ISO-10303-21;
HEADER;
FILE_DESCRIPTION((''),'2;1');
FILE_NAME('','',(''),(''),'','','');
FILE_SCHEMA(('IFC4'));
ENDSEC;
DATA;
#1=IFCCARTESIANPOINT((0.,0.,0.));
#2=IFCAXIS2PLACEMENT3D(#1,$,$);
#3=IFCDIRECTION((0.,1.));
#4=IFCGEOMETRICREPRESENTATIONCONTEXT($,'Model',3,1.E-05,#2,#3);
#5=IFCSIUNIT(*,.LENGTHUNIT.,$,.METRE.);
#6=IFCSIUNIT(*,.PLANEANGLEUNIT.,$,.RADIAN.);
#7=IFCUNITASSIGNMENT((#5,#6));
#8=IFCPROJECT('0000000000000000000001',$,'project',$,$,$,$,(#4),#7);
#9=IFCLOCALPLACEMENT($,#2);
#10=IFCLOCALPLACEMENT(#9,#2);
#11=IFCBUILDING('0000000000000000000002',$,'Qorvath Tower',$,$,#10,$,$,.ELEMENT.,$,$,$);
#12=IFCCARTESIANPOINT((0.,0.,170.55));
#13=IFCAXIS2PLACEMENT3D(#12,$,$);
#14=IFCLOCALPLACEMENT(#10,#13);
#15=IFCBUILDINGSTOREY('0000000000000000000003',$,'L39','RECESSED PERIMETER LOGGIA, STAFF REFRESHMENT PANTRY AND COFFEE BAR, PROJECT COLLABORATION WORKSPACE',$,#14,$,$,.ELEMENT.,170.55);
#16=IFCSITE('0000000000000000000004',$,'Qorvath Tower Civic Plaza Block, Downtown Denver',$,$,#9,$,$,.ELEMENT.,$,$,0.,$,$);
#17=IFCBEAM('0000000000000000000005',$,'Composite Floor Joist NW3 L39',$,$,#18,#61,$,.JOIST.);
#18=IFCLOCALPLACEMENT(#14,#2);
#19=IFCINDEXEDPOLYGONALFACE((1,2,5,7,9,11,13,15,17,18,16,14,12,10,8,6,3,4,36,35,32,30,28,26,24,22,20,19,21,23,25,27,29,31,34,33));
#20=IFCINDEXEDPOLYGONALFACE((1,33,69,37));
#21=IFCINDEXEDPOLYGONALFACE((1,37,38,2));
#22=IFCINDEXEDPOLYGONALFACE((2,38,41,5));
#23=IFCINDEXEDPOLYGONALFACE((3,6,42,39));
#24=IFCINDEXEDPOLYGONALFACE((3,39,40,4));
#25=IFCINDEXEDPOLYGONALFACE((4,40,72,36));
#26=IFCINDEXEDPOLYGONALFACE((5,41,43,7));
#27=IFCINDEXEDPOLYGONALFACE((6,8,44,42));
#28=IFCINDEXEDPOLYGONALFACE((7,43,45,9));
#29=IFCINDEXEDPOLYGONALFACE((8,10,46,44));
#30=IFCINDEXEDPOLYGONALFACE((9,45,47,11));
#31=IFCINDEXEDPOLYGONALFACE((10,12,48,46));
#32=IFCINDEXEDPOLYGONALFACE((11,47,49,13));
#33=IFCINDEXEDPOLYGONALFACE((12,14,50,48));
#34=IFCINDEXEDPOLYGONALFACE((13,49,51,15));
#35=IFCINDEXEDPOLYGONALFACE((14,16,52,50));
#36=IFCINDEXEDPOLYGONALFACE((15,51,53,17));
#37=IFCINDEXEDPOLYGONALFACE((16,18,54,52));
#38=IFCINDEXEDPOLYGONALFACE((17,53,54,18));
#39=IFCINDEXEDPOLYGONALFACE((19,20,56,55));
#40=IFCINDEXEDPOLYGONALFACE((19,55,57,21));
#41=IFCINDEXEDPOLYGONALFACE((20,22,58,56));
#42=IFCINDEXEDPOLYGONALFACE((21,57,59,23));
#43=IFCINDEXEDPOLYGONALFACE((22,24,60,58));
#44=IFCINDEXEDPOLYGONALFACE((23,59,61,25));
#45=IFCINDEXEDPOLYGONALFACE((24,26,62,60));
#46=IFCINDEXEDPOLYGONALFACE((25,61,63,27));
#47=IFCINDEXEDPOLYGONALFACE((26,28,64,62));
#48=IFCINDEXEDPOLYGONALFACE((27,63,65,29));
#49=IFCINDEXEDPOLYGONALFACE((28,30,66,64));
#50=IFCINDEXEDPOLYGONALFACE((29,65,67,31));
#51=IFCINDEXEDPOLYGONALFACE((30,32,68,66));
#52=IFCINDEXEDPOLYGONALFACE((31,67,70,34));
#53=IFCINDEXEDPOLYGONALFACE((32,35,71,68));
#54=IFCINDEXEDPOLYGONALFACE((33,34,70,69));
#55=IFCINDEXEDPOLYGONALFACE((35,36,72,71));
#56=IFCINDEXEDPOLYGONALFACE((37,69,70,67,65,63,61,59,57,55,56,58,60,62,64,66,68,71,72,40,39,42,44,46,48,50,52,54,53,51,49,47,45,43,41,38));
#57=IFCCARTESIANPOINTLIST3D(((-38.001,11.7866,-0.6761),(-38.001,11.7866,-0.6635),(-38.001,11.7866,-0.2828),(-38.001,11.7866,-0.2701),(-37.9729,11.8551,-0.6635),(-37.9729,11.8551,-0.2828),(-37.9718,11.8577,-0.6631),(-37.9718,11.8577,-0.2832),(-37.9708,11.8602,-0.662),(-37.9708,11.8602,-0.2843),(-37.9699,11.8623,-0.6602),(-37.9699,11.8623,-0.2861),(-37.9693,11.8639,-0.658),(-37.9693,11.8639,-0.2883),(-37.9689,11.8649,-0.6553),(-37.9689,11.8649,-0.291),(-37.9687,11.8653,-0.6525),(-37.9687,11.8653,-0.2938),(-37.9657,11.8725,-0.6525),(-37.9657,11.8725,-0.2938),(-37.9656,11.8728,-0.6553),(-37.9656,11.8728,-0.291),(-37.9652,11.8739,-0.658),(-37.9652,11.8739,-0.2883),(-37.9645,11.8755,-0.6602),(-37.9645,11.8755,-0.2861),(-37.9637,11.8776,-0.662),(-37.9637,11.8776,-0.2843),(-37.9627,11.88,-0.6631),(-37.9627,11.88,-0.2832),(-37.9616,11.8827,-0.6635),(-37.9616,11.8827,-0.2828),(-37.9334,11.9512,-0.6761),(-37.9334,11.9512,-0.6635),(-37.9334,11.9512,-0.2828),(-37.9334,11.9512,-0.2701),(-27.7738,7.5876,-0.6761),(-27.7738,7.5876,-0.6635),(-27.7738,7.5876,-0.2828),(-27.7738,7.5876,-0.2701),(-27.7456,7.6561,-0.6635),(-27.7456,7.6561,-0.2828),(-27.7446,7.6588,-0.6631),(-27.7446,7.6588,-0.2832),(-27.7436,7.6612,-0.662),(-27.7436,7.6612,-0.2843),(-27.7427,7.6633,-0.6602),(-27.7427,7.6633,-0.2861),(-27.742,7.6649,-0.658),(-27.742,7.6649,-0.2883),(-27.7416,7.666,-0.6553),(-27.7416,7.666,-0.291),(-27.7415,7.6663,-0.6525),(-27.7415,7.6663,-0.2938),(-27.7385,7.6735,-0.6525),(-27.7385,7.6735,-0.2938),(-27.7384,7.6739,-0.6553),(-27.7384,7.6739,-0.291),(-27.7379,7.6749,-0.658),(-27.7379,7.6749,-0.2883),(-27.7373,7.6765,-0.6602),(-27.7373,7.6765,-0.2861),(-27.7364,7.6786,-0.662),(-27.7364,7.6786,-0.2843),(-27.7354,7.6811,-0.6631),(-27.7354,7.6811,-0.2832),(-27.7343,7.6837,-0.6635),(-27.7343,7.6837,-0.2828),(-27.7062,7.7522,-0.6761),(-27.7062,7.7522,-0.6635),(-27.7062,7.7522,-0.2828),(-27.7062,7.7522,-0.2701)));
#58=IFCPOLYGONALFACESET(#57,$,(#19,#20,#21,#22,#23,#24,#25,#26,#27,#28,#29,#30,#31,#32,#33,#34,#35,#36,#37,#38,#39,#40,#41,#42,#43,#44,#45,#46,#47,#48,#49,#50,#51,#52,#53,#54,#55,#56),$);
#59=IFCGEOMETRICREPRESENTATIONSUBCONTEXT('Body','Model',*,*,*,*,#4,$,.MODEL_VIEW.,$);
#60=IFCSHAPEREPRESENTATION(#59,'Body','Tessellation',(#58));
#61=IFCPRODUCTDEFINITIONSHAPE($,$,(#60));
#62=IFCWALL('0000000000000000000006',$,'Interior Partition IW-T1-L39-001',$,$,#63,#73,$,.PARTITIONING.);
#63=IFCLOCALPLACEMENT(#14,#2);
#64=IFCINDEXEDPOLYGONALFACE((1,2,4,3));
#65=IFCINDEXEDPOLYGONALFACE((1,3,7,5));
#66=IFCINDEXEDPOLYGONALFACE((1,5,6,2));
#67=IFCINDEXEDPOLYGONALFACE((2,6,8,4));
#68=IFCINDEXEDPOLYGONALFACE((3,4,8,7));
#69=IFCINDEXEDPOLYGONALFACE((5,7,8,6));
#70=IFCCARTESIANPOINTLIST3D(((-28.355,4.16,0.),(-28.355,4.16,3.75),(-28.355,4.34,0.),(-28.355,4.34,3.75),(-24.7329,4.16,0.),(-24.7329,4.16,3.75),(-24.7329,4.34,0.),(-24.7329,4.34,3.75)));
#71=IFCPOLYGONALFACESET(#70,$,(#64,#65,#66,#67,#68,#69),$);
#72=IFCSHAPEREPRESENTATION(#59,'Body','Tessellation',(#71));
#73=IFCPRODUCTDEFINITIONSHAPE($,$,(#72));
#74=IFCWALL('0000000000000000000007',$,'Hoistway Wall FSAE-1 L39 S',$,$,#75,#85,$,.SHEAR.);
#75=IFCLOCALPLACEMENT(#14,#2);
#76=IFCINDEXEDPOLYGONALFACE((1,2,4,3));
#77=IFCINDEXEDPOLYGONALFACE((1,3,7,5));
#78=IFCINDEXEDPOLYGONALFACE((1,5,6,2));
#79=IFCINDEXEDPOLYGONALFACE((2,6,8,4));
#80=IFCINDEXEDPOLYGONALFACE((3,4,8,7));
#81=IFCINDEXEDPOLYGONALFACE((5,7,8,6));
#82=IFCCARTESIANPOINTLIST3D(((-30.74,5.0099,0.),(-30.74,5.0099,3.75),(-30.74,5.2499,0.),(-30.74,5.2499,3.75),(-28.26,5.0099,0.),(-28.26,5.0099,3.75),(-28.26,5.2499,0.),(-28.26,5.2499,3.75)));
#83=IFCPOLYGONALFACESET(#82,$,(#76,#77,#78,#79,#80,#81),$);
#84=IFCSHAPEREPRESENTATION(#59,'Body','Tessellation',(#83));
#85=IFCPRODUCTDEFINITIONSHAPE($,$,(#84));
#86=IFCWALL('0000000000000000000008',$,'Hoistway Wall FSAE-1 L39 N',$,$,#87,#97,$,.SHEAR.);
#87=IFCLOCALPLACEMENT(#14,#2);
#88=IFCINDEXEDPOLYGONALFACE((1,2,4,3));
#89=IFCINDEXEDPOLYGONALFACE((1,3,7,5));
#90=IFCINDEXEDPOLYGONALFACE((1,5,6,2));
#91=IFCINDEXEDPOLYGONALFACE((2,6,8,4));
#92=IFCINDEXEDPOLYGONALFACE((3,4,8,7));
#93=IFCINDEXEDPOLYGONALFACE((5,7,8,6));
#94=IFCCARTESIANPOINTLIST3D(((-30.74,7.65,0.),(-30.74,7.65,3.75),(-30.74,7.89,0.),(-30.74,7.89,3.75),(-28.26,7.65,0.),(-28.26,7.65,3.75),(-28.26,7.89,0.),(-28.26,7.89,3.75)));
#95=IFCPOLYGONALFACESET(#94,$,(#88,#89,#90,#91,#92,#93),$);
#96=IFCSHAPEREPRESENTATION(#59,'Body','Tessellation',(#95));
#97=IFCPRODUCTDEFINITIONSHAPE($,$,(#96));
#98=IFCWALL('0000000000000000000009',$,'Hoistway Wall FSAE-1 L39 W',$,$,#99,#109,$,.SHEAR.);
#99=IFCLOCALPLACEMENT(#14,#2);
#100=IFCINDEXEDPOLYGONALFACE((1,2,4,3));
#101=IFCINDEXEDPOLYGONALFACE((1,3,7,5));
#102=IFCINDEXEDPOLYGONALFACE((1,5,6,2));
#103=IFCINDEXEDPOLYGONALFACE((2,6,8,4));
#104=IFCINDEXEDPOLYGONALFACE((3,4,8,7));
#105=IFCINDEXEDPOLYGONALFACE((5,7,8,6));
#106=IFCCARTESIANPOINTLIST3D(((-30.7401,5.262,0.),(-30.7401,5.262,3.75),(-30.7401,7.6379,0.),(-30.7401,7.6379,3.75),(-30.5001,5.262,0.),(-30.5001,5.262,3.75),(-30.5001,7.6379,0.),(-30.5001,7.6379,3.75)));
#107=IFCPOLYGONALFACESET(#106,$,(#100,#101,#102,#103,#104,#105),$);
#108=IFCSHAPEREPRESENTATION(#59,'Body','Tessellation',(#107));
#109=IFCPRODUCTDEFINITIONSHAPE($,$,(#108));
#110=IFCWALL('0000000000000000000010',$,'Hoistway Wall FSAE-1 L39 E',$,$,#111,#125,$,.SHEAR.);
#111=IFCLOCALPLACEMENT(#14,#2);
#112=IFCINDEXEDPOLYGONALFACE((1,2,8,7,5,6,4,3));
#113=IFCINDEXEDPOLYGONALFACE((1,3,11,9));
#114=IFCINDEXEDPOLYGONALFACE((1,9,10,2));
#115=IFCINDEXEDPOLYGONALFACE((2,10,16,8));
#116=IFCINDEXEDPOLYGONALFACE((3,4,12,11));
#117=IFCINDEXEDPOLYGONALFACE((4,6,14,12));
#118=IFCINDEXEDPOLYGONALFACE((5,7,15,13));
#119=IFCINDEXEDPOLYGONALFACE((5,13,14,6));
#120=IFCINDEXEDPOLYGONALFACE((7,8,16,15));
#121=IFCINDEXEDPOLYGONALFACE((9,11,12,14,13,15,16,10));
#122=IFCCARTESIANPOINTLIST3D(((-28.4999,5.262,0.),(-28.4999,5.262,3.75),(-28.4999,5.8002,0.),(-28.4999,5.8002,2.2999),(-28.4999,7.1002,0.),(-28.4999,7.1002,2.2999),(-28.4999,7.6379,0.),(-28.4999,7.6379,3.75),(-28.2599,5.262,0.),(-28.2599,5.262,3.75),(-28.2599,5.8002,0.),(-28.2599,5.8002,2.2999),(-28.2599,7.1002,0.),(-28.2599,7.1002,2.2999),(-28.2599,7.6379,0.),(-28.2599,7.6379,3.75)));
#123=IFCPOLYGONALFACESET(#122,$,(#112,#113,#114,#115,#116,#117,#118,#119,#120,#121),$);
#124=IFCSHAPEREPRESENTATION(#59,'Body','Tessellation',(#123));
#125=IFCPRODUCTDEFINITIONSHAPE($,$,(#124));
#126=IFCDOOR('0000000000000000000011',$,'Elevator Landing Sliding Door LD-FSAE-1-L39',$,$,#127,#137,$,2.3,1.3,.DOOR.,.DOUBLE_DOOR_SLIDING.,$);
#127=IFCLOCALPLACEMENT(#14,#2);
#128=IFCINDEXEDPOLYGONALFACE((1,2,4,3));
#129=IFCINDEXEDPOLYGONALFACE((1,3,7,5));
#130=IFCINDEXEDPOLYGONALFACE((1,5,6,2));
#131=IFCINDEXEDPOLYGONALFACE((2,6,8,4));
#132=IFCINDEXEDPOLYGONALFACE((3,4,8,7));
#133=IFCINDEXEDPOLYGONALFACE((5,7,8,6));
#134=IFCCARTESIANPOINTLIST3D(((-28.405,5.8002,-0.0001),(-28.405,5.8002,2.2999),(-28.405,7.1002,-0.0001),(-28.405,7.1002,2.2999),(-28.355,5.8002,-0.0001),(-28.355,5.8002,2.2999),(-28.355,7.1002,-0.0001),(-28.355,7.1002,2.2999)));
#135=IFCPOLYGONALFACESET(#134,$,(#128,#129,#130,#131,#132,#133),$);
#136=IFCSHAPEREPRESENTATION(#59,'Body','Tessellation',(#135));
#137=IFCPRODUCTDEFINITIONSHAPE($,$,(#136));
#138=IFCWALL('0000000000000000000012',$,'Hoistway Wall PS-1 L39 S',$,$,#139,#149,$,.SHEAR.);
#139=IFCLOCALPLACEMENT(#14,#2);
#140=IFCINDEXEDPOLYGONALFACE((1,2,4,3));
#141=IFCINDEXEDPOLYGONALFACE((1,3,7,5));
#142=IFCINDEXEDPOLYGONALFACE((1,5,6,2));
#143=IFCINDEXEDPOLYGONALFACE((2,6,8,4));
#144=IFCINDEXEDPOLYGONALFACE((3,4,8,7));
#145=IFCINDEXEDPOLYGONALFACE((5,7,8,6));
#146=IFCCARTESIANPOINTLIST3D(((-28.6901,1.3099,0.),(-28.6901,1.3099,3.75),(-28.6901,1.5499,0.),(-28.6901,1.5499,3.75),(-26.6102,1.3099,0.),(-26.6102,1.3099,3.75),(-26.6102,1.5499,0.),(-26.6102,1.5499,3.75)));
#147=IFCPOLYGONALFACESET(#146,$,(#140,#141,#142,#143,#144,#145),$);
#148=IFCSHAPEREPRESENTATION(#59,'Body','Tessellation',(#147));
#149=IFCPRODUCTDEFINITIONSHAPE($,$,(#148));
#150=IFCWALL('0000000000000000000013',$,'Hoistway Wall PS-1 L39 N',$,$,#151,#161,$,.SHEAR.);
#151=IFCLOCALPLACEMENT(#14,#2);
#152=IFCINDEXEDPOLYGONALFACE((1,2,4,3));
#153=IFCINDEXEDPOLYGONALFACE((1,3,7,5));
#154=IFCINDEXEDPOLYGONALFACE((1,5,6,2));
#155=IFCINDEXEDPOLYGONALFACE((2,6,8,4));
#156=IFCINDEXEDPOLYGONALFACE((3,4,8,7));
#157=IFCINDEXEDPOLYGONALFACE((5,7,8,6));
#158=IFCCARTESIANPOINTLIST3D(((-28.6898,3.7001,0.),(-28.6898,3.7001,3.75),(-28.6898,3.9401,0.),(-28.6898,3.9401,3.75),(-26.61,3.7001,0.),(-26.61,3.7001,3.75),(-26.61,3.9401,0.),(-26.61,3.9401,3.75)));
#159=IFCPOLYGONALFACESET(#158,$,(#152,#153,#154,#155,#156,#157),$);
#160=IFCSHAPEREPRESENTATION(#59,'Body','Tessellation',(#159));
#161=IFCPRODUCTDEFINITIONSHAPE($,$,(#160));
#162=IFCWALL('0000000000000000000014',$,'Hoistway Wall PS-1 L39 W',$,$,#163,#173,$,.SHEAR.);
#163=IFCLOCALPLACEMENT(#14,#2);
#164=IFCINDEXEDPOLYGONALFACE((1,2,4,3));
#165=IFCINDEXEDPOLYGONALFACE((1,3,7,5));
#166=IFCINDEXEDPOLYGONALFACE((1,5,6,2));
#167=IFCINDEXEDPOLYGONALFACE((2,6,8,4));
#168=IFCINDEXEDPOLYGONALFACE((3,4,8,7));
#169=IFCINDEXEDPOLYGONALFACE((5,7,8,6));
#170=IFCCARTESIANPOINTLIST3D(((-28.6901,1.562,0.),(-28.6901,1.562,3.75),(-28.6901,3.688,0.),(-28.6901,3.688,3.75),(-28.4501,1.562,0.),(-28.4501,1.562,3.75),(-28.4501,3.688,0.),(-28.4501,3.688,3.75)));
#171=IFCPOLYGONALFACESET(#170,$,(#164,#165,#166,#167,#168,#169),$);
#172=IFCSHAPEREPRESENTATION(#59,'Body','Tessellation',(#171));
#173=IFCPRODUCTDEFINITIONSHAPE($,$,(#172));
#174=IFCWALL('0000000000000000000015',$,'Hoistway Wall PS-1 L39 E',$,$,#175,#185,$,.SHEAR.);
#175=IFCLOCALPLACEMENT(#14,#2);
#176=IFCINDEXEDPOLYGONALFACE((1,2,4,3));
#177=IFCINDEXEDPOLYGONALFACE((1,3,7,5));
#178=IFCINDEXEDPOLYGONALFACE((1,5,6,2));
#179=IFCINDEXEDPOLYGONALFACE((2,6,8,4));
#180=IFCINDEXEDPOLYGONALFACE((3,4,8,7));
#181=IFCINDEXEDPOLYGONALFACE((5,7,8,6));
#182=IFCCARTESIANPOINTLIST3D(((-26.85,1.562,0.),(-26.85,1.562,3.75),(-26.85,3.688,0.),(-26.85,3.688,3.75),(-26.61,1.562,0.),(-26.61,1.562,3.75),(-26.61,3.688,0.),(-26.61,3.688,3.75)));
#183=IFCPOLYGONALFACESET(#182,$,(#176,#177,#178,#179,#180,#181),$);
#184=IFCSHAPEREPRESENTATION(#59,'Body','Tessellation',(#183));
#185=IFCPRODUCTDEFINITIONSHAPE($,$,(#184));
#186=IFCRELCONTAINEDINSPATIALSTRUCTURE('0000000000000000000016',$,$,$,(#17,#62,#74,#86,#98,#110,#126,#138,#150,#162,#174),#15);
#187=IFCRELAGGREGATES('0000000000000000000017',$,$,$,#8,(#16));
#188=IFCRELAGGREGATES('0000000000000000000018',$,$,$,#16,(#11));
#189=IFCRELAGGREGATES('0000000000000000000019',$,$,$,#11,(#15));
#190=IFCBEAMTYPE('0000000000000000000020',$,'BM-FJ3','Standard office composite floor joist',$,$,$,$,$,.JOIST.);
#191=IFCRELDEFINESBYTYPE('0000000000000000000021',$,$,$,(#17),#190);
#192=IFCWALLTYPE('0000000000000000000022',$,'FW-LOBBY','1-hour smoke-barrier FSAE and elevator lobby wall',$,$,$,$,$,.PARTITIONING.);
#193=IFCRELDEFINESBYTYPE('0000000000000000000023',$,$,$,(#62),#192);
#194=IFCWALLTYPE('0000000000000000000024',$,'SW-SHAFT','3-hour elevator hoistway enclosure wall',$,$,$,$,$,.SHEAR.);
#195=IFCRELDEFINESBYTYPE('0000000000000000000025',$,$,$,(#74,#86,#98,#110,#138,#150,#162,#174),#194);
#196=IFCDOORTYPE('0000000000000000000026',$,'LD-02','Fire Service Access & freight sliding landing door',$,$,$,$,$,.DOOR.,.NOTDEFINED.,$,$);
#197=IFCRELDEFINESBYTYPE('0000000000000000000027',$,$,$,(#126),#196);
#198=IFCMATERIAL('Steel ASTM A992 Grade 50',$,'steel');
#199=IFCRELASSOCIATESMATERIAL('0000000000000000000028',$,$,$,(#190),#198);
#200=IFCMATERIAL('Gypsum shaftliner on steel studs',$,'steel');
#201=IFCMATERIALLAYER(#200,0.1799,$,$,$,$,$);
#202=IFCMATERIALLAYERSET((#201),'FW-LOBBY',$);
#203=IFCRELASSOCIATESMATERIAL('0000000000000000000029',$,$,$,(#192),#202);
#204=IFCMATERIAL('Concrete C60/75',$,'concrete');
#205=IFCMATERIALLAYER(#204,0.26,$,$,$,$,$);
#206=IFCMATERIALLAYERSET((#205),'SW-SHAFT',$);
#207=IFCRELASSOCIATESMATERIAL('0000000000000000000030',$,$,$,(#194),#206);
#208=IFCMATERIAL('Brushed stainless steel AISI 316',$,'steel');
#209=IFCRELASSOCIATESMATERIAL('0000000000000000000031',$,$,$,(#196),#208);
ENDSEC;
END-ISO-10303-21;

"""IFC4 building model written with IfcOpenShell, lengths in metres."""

from ifc_helpers import new_model, si_unit, direction, frame, frame_2d, origin, origin_2d, place, context, subcontext, project, spatial, rectangle, i_section, extrude, material, layer, layer_set, material_profile, profile_set, type_object, element, fill, save


model = new_model("IFC4")

# Units and contexts
model_context = context("Model", 3, precision=1e-05, world=origin(), true_north=direction((0.0, 1.0)))
body_context = subcontext(model_context, "Body", "Model", "MODEL_VIEW")
ifc_project = project(units=[si_unit("LENGTHUNIT", "METRE"), si_unit("PLANEANGLEUNIT", "RADIAN")], contexts=[model_context])

# Site, building, storey
site_placement = place(None, origin())
site = spatial("IfcSite", under=ifc_project, at=site_placement, Name="Qorvath Tower Civic Plaza Block, Downtown Denver", CompositionType="ELEMENT", RefElevation=0.0)
building_placement = place(site_placement, origin())
building = spatial("IfcBuilding", under=site, at=building_placement, Name="Qorvath Tower", CompositionType="ELEMENT")
storey_placement = place(building_placement, frame((0.0, 0.0, 170.55)))
storey = spatial("IfcBuildingStorey", under=building, at=storey_placement, Name="L39", Description="RECESSED PERIMETER LOGGIA, STAFF REFRESHMENT PANTRY AND COFFEE BAR, PROJECT COLLABORATION WORKSPACE", CompositionType="ELEMENT", Elevation=170.55)

# Beam
ifc_material_1 = material(Name="Steel ASTM A992 Grade 50", Category="steel")
ifc_material_profile_1 = material_profile(ifc_material_1, i_section(OverallWidth=0.178, OverallDepth=0.406, WebThickness=0.0078, FlangeThickness=0.0127, FilletRadius=0.011, at=origin_2d()), Name="W16x40")
ifc_profile_set_1 = profile_set([ifc_material_profile_1], Name="Steel ASTM A992 Grade 50")
beam_type_1 = type_object("IfcBeamType", Name="BM-FJ3", Description="Standard office composite floor joist", PredefinedType="JOIST", material=ifc_profile_set_1)
beam_1_placement = place(storey_placement, frame((-27.74, 7.6699, -0.4731), z_axis=(-0.925068, 0.379801, 0.0), x_axis=(-0.379801, -0.925068, 0.0)))
element("IfcBeam", 1, at=beam_1_placement, inside=storey, type_object=beam_type_1, Name="Composite Floor Joist NW3 L39", PredefinedType="JOIST", context=body_context, shape_type="SweptSolid", body=[
    extrude(i_section(OverallWidth=0.178, OverallDepth=0.406, WebThickness=0.0078, FlangeThickness=0.0127, FilletRadius=0.011, at=origin_2d()), origin(), (0.0, 0.0, 1.0), 11.0557),
])

# Walls
ifc_material_2 = material(Name="Gypsum shaftliner on steel studs", Category="steel")
ifc_layer_1 = layer(ifc_material_2, 0.1799)
ifc_layer_set_1 = layer_set([ifc_layer_1], Name="FW-LOBBY")
wall_type_1 = type_object("IfcWallType", Name="FW-LOBBY", Description="1-hour smoke-barrier FSAE and elevator lobby wall", PredefinedType="PARTITIONING", material=ifc_layer_set_1)
wall_1_placement = place(storey_placement, frame((-28.355, 4.25, 0.0), z_axis=(0.0, 0.0, 1.0), x_axis=(1.0, 0.0, 0.0)))
element("IfcWall", 2, at=wall_1_placement, inside=storey, type_object=wall_type_1, Name="Interior Partition IW-T1-L39-001", PredefinedType="PARTITIONING", context=body_context, shape_type="SweptSolid", body=[
    extrude(rectangle(XDim=3.6221, YDim=0.1799, at=frame_2d((1.811, 0.0))), origin(), (0.0, 0.0, 1.0), 3.75),
])
ifc_material_3 = material(Name="Concrete C60/75", Category="concrete")
ifc_layer_2 = layer(ifc_material_3, 0.26)
ifc_layer_set_2 = layer_set([ifc_layer_2], Name="SW-SHAFT")
wall_type_2 = type_object("IfcWallType", Name="SW-SHAFT", Description="3-hour elevator hoistway enclosure wall", PredefinedType="SHEAR", material=ifc_layer_set_2)
for number, where, z_axis, x_axis, name in (
    (3, (-28.26, 5.1299, 0.0), (0.0, 0.0, 1.0), (-1.0, 0.0, 0.0), "Hoistway Wall FSAE-1 L39 S"),
    (4, (-30.74, 7.77, 0.0), (0.0, 0.0, 1.0), (1.0, 0.0, 0.0), "Hoistway Wall FSAE-1 L39 N"),
):
    element("IfcWall", number, at=place(storey_placement, frame(where, z_axis=z_axis, x_axis=x_axis)), inside=storey, type_object=wall_type_2, Name=name, PredefinedType="SHEAR", context=body_context, shape_type="SweptSolid", body=[
        extrude(rectangle(XDim=2.48, YDim=0.24, at=frame_2d((1.24, 0.0))), origin(), (0.0, 0.0, 1.0), 3.75),
    ])
wall_2_placement = place(storey_placement, frame((-30.6201, 5.262, 0.0), z_axis=(0.0, 0.0, 1.0), x_axis=(0.0, 1.0, 0.0)))
element("IfcWall", 5, at=wall_2_placement, inside=storey, type_object=wall_type_2, Name="Hoistway Wall FSAE-1 L39 W", PredefinedType="SHEAR", context=body_context, shape_type="SweptSolid", body=[
    extrude(rectangle(XDim=2.376, YDim=0.24, at=frame_2d((1.188, 0.0))), origin(), (0.0, 0.0, 1.0), 3.75),
])

# Wall, opening, door
wall_3_placement = place(storey_placement, frame((-28.3799, 7.6379, 0.0), z_axis=(0.0, 0.0, 1.0), x_axis=(0.0, -1.0, 0.0)))
wall_3 = element("IfcWall", 6, at=wall_3_placement, inside=storey, type_object=wall_type_2, Name="Hoistway Wall FSAE-1 L39 E", PredefinedType="SHEAR", context=body_context, shape_type="SweptSolid", body=[
    extrude(rectangle(XDim=2.376, YDim=0.24, at=frame_2d((1.188, 0.0))), origin(), (0.0, 0.0, 1.0), 3.75),
])
opening_1_placement = place(wall_3_placement, frame((0.5378, 0.0, 0.0)))
opening_1 = element("IfcOpeningElement", 7, at=opening_1_placement, cuts=wall_3, PredefinedType="OPENING", context=body_context, shape_type="SweptSolid", body=[
    extrude(rectangle(XDim=1.3, YDim=2.3, at=frame_2d((0.6499, 1.1499))), frame((0.0, 0.1299, 0.0), z_axis=(0.0, -1.0, 0.0), x_axis=(1.0, 0.0, 0.0)), (0.0, 0.0, 1.0), 0.26),
])
ifc_material_4 = material(Name="Brushed stainless steel AISI 316", Category="steel")
door_type_1 = type_object("IfcDoorType", Name="LD-02", Description="Fire Service Access & freight sliding landing door", OperationType="NOTDEFINED", PredefinedType="DOOR", material=ifc_material_4)
door_1_placement = place(opening_1_placement, origin())
door_1 = element("IfcDoor", 8, at=door_1_placement, inside=storey, type_object=door_type_1, Name="Elevator Landing Sliding Door LD-FSAE-1-L39", OperationType="DOUBLE_DOOR_SLIDING", OverallHeight=2.3, OverallWidth=1.3, PredefinedType="DOOR", context=body_context, shape_type="SweptSolid", body=[
    extrude(rectangle(XDim=1.3, YDim=2.3, at=frame_2d((0.6499, 1.1499))), frame((0.0, 0.0249, 0.0), z_axis=(0.0, -1.0, 0.0), x_axis=(1.0, 0.0, 0.0)), (0.0, 0.0, 1.0), 0.05),
])
fill(opening_1, door_1)

# Walls
for number, where, z_axis, x_axis, name in (
    (9, (-26.6101, 1.4299, 0.0), (0.0, 0.0, 1.0), (-1.0, 0.0, 0.0), "Hoistway Wall PS-1 L39 S"),
    (10, (-28.6899, 3.8201, 0.0), (0.0, 0.0, 1.0), (1.0, 0.0, 0.0), "Hoistway Wall PS-1 L39 N"),
):
    element("IfcWall", number, at=place(storey_placement, frame(where, z_axis=z_axis, x_axis=x_axis)), inside=storey, type_object=wall_type_2, Name=name, PredefinedType="SHEAR", context=body_context, shape_type="SweptSolid", body=[
        extrude(rectangle(XDim=2.0798, YDim=0.24, at=frame_2d((1.04, 0.0))), origin(), (0.0, 0.0, 1.0), 3.75),
    ])
for number, where, z_axis, x_axis, name in (
    (11, (-28.5701, 1.562, 0.0), (0.0, 0.0, 1.0), (0.0, 1.0, 0.0), "Hoistway Wall PS-1 L39 W"),
    (12, (-26.73, 3.688, 0.0), (0.0, 0.0, 1.0), (0.0, -1.0, 0.0), "Hoistway Wall PS-1 L39 E"),
):
    element("IfcWall", number, at=place(storey_placement, frame(where, z_axis=z_axis, x_axis=x_axis)), inside=storey, type_object=wall_type_2, Name=name, PredefinedType="SHEAR", context=body_context, shape_type="SweptSolid", body=[
        extrude(rectangle(XDim=2.126, YDim=0.24, at=frame_2d((1.063, 0.0))), origin(), (0.0, 0.0, 1.0), 3.75),
    ])

save(model, "model.ifc")
